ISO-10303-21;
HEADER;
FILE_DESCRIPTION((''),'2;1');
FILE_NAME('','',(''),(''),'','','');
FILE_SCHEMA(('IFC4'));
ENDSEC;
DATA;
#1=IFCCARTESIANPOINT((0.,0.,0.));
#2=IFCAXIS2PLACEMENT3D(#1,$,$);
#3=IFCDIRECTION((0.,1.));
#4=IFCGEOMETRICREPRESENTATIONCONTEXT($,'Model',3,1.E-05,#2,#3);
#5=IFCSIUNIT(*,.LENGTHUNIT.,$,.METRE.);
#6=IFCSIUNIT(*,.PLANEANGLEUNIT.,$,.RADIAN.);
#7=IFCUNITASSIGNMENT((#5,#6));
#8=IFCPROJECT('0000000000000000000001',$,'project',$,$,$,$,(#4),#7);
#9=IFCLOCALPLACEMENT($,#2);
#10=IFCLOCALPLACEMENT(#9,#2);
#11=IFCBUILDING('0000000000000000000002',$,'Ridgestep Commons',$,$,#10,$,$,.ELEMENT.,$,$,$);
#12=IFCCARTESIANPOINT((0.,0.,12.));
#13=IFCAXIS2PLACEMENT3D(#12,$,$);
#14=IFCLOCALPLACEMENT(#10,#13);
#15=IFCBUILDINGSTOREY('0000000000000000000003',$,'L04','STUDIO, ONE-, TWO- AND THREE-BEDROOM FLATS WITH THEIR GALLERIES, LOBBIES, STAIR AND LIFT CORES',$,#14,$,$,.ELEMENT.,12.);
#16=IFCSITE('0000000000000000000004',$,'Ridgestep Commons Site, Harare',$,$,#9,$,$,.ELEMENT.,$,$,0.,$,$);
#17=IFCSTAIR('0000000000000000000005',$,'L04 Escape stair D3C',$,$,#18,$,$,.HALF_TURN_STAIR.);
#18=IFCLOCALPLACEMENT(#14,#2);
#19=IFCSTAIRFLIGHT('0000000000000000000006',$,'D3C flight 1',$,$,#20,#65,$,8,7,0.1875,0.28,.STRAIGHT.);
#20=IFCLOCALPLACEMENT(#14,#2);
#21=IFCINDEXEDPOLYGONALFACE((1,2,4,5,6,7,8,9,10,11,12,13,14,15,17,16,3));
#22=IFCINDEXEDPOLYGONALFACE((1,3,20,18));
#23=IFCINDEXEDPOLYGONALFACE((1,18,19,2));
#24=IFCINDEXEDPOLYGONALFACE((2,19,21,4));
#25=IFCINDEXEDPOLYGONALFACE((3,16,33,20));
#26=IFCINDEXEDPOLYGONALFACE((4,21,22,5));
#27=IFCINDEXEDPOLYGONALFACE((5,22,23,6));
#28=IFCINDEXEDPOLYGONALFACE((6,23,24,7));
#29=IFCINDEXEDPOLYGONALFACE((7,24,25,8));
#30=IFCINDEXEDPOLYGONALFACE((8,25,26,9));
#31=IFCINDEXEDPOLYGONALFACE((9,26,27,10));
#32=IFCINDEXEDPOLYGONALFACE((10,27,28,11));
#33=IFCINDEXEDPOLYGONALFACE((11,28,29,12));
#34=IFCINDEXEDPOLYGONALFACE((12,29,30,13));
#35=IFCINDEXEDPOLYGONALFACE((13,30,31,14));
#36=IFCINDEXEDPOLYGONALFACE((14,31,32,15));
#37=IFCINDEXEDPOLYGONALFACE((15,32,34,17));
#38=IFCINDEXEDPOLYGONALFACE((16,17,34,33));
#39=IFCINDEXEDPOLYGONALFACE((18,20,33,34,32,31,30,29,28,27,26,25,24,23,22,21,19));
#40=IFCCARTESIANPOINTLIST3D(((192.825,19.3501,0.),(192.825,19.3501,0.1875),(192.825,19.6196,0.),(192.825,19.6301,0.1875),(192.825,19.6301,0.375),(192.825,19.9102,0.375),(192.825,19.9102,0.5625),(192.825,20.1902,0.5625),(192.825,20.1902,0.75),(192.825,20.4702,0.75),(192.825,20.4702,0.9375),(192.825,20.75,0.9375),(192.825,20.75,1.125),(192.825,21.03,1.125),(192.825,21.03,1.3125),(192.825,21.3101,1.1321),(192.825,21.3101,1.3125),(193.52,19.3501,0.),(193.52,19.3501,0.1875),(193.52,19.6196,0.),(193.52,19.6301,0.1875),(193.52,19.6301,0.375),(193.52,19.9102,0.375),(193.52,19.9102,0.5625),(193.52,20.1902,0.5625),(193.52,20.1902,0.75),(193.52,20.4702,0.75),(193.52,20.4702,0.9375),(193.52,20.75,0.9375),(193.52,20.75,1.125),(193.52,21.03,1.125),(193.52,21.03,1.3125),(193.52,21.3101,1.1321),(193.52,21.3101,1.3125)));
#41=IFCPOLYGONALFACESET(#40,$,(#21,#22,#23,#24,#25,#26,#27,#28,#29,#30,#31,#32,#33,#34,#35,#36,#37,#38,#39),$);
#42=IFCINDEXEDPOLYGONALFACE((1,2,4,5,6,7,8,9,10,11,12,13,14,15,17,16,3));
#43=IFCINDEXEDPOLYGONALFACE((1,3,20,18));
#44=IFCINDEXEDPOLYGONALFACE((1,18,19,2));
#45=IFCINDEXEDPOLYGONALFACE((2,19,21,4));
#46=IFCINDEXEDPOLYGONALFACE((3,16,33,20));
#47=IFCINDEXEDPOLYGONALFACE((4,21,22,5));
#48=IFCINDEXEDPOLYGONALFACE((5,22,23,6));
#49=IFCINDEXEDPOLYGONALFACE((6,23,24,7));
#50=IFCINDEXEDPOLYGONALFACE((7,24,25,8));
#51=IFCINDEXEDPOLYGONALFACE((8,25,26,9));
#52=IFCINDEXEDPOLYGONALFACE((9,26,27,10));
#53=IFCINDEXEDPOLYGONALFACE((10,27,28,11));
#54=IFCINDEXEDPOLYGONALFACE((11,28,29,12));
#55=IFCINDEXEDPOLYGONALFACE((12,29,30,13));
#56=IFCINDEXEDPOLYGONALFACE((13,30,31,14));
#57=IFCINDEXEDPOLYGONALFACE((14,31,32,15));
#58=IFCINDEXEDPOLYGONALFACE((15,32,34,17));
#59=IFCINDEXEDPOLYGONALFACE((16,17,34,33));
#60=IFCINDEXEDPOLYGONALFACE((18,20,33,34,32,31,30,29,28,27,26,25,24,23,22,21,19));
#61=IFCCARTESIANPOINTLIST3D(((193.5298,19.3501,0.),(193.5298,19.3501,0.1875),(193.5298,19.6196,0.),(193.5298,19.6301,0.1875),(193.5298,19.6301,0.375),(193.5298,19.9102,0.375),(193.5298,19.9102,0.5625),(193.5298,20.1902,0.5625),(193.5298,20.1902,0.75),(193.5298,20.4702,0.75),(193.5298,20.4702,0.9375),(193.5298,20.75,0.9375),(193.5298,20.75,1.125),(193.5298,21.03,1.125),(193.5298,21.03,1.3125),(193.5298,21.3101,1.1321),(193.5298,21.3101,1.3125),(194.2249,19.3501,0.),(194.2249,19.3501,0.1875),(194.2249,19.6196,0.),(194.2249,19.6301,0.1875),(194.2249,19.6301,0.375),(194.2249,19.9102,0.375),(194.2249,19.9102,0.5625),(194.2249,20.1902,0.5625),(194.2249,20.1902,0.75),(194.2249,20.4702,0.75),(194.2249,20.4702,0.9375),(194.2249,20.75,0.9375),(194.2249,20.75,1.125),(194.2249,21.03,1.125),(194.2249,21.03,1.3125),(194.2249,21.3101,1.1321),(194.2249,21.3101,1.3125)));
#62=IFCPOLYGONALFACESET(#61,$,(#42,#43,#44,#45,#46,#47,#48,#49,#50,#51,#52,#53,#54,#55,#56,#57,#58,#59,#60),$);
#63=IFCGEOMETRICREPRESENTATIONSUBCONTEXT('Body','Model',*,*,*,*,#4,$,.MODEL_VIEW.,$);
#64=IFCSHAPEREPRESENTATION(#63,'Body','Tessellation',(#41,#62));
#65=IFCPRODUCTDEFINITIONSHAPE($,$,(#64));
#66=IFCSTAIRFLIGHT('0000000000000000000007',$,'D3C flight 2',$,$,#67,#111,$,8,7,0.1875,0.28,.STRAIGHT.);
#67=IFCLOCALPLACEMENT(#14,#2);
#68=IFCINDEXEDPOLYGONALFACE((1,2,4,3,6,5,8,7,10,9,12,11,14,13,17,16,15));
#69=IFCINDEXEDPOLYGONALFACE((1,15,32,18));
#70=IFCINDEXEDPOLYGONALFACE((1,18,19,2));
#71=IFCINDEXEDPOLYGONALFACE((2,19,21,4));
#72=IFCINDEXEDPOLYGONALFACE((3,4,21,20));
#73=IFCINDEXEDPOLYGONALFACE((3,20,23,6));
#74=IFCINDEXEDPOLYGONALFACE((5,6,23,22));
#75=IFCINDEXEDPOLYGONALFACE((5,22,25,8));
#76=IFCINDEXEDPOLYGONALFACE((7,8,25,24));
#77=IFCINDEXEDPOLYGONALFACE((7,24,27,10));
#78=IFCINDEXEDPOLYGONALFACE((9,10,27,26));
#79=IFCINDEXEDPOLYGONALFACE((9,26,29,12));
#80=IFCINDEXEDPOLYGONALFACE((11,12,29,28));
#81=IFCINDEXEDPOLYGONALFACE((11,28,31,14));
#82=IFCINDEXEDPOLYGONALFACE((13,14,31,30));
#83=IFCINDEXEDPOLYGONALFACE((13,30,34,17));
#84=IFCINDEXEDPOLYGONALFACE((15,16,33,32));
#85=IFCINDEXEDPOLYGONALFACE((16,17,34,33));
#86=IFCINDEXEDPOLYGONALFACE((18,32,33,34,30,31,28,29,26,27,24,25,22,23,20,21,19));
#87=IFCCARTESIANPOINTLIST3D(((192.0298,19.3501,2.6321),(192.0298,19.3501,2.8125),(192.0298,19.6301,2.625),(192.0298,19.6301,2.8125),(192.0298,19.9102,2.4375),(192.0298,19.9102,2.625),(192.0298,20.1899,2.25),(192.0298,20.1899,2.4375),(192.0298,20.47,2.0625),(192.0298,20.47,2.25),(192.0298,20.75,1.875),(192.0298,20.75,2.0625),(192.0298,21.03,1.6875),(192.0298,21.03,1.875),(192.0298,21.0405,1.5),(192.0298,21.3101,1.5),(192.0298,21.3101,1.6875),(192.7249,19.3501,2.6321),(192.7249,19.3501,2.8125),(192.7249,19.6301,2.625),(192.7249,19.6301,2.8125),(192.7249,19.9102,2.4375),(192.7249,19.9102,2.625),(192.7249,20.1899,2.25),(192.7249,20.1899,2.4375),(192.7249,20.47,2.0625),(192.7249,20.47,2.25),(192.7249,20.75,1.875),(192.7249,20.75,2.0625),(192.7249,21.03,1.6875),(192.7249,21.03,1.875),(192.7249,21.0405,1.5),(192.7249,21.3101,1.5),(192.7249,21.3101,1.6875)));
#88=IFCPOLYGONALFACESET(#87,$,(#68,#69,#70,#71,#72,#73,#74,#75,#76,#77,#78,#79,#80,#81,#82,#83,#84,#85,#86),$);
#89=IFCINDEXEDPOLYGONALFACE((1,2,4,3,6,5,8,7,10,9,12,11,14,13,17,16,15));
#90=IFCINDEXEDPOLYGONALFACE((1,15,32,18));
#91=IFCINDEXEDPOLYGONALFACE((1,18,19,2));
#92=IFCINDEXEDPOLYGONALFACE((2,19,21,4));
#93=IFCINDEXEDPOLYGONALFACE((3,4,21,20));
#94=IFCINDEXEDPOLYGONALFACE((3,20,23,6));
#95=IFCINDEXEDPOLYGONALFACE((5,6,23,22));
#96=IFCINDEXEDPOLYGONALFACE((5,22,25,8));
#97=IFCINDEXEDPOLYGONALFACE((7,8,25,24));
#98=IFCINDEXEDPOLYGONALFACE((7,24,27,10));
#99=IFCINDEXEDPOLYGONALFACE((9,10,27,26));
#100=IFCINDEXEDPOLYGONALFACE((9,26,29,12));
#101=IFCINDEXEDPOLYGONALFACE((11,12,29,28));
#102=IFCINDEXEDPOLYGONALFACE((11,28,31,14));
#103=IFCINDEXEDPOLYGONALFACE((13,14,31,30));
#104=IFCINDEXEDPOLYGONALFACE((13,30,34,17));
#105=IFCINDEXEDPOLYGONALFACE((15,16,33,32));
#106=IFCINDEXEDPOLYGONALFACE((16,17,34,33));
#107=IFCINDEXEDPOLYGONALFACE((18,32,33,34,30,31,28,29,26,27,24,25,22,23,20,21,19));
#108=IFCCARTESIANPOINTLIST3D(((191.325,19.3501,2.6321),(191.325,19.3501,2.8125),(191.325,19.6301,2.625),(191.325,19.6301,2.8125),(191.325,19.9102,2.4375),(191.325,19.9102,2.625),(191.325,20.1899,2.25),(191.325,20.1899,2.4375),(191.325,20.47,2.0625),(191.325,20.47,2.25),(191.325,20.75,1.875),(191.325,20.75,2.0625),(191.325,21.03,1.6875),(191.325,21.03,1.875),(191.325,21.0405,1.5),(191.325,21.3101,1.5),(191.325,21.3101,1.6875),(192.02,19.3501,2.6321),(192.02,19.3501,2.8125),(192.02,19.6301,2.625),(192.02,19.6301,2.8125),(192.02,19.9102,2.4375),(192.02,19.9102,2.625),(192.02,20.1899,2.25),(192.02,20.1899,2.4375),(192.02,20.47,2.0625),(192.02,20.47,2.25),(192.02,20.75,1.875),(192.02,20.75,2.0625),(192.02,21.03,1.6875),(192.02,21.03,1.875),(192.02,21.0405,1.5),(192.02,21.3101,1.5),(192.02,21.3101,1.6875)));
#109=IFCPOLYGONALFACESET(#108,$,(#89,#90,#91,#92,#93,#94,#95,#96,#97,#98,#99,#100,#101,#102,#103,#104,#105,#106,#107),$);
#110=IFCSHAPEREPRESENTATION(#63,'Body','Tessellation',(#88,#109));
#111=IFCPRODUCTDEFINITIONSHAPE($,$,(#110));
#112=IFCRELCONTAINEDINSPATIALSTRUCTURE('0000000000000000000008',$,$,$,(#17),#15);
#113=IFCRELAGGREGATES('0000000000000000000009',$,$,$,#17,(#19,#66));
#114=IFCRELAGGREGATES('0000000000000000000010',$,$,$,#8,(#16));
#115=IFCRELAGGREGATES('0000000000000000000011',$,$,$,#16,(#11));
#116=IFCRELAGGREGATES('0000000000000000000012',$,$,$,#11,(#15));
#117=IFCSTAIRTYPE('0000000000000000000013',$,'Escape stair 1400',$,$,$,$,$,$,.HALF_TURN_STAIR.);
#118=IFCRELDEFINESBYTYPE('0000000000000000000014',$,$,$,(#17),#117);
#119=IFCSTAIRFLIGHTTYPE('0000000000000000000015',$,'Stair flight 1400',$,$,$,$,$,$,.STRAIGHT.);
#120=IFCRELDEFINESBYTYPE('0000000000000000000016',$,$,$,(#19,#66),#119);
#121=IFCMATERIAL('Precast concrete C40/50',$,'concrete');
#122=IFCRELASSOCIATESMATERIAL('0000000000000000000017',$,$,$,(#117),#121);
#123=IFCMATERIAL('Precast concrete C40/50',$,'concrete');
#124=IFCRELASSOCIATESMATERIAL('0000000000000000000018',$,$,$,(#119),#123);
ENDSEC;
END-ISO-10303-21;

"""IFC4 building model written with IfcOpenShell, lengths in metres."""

from ifc_helpers import new_model, si_unit, direction, frame, origin, place, context, subcontext, project, spatial, polyline, outline, extrude, material, type_object, element, aggregate, save


model = new_model("IFC4")

# Units and contexts
model_context = context("Model", 3, precision=1e-05, world=origin(), true_north=direction((0.0, 1.0)))
body_context = subcontext(model_context, "Body", "Model", "MODEL_VIEW")
ifc_project = project(units=[si_unit("LENGTHUNIT", "METRE"), si_unit("PLANEANGLEUNIT", "RADIAN")], contexts=[model_context])

# Site, building, storey
site_placement = place(None, origin())
site = spatial("IfcSite", under=ifc_project, at=site_placement, Name="Ridgestep Commons Site, Harare", CompositionType="ELEMENT", RefElevation=0.0)
building_placement = place(site_placement, origin())
building = spatial("IfcBuilding", under=site, at=building_placement, Name="Ridgestep Commons", CompositionType="ELEMENT")
storey_placement = place(building_placement, frame((0.0, 0.0, 12.0)))
storey = spatial("IfcBuildingStorey", under=building, at=storey_placement, Name="L04", Description="STUDIO, ONE-, TWO- AND THREE-BEDROOM FLATS WITH THEIR GALLERIES, LOBBIES, STAIR AND LIFT CORES", CompositionType="ELEMENT", Elevation=12.0)

# Stair, stair flights
ifc_material_1 = material(Name="Precast concrete C40/50", Category="concrete")
stair_type = type_object("IfcStairType", Name="Escape stair 1400", PredefinedType="HALF_TURN_STAIR", material=ifc_material_1)
stair_placement = place(storey_placement, origin())
stair = element("IfcStair", 1, at=stair_placement, inside=storey, type_object=stair_type, Name="L04 Escape stair D3C", PredefinedType="HALF_TURN_STAIR")
ifc_material_2 = material(Name="Precast concrete C40/50", Category="concrete")
stair_flight_type = type_object("IfcStairFlightType", Name="Stair flight 1400", PredefinedType="STRAIGHT", material=ifc_material_2)
stair_flight_1_placement = place(storey_placement, frame((193.5249, 19.3501, 0.0), z_axis=(0.0, 0.0, 1.0), x_axis=(0.0, 1.0, 0.0)))
stair_flight_1 = element("IfcStairFlight", 2, at=stair_flight_1_placement, type_object=stair_flight_type, Name="D3C flight 1", NumberOfRisers=8, NumberOfTreads=7, PredefinedType="STRAIGHT", RiserHeight=0.1875, TreadLength=0.28, context=body_context, shape_type="SweptSolid", body=[
    extrude(outline(polyline([(0.0, 0.0), (0.0, 0.1875), (0.28, 0.1875), (0.28, 0.375), (0.5601, 0.375), (0.5601, 0.5625), (0.8401, 0.5625), (0.8401, 0.75), (1.1201, 0.75), (1.1201, 0.9375), (1.3999, 0.9375), (1.3999, 1.125), (1.6799, 1.125), (1.6799, 1.3125), (1.96, 1.3125), (1.96, 1.5), (1.96, 1.1321), (0.2695, 0.0), (0.0, 0.0)])), frame((0.0, 0.7, 0.0), z_axis=(0.0, -1.0, 0.0), x_axis=(1.0, 0.0, 0.0)), (0.0, 0.0, 1.0), 0.6951),
    extrude(outline(polyline([(0.0, 0.0), (0.0, 0.1875), (0.28, 0.1875), (0.28, 0.375), (0.5601, 0.375), (0.5601, 0.5625), (0.8401, 0.5625), (0.8401, 0.75), (1.1201, 0.75), (1.1201, 0.9375), (1.3999, 0.9375), (1.3999, 1.125), (1.6799, 1.125), (1.6799, 1.3125), (1.96, 1.3125), (1.96, 1.5), (1.96, 1.1321), (0.2695, 0.0), (0.0, 0.0)])), frame((0.0, -0.0049, 0.0), z_axis=(0.0, -1.0, 0.0), x_axis=(1.0, 0.0, 0.0)), (0.0, 0.0, 1.0), 0.6951),
])
stair_flight_2_placement = place(storey_placement, frame((192.0249, 21.3101, 1.5), z_axis=(0.0, 0.0, 1.0), x_axis=(0.0, -1.0, 0.0)))
stair_flight_2 = element("IfcStairFlight", 3, at=stair_flight_2_placement, type_object=stair_flight_type, Name="D3C flight 2", NumberOfRisers=8, NumberOfTreads=7, PredefinedType="STRAIGHT", RiserHeight=0.1875, TreadLength=0.28, context=body_context, shape_type="SweptSolid", body=[
    extrude(outline(polyline([(0.0, 0.0), (0.0, 0.1875), (0.28, 0.1875), (0.28, 0.375), (0.5601, 0.375), (0.5601, 0.5625), (0.8401, 0.5625), (0.8401, 0.75), (1.1201, 0.75), (1.1201, 0.9375), (1.3999, 0.9375), (1.3999, 1.125), (1.6799, 1.125), (1.6799, 1.3125), (1.96, 1.3125), (1.96, 1.5), (1.96, 1.1321), (0.2695, 0.0), (0.0, 0.0)])), frame((0.0, 0.7, 0.0), z_axis=(0.0, -1.0, 0.0), x_axis=(1.0, 0.0, 0.0)), (0.0, 0.0, 1.0), 0.6951),
    extrude(outline(polyline([(0.0, 0.0), (0.0, 0.1875), (0.28, 0.1875), (0.28, 0.375), (0.5601, 0.375), (0.5601, 0.5625), (0.8401, 0.5625), (0.8401, 0.75), (1.1201, 0.75), (1.1201, 0.9375), (1.3999, 0.9375), (1.3999, 1.125), (1.6799, 1.125), (1.6799, 1.3125), (1.96, 1.3125), (1.96, 1.5), (1.96, 1.1321), (0.2695, 0.0), (0.0, 0.0)])), frame((0.0, -0.0049, 0.0), z_axis=(0.0, -1.0, 0.0), x_axis=(1.0, 0.0, 0.0)), (0.0, 0.0, 1.0), 0.6951),
])
aggregate(stair, [stair_flight_1, stair_flight_2])

save(model, "model.ifc")
